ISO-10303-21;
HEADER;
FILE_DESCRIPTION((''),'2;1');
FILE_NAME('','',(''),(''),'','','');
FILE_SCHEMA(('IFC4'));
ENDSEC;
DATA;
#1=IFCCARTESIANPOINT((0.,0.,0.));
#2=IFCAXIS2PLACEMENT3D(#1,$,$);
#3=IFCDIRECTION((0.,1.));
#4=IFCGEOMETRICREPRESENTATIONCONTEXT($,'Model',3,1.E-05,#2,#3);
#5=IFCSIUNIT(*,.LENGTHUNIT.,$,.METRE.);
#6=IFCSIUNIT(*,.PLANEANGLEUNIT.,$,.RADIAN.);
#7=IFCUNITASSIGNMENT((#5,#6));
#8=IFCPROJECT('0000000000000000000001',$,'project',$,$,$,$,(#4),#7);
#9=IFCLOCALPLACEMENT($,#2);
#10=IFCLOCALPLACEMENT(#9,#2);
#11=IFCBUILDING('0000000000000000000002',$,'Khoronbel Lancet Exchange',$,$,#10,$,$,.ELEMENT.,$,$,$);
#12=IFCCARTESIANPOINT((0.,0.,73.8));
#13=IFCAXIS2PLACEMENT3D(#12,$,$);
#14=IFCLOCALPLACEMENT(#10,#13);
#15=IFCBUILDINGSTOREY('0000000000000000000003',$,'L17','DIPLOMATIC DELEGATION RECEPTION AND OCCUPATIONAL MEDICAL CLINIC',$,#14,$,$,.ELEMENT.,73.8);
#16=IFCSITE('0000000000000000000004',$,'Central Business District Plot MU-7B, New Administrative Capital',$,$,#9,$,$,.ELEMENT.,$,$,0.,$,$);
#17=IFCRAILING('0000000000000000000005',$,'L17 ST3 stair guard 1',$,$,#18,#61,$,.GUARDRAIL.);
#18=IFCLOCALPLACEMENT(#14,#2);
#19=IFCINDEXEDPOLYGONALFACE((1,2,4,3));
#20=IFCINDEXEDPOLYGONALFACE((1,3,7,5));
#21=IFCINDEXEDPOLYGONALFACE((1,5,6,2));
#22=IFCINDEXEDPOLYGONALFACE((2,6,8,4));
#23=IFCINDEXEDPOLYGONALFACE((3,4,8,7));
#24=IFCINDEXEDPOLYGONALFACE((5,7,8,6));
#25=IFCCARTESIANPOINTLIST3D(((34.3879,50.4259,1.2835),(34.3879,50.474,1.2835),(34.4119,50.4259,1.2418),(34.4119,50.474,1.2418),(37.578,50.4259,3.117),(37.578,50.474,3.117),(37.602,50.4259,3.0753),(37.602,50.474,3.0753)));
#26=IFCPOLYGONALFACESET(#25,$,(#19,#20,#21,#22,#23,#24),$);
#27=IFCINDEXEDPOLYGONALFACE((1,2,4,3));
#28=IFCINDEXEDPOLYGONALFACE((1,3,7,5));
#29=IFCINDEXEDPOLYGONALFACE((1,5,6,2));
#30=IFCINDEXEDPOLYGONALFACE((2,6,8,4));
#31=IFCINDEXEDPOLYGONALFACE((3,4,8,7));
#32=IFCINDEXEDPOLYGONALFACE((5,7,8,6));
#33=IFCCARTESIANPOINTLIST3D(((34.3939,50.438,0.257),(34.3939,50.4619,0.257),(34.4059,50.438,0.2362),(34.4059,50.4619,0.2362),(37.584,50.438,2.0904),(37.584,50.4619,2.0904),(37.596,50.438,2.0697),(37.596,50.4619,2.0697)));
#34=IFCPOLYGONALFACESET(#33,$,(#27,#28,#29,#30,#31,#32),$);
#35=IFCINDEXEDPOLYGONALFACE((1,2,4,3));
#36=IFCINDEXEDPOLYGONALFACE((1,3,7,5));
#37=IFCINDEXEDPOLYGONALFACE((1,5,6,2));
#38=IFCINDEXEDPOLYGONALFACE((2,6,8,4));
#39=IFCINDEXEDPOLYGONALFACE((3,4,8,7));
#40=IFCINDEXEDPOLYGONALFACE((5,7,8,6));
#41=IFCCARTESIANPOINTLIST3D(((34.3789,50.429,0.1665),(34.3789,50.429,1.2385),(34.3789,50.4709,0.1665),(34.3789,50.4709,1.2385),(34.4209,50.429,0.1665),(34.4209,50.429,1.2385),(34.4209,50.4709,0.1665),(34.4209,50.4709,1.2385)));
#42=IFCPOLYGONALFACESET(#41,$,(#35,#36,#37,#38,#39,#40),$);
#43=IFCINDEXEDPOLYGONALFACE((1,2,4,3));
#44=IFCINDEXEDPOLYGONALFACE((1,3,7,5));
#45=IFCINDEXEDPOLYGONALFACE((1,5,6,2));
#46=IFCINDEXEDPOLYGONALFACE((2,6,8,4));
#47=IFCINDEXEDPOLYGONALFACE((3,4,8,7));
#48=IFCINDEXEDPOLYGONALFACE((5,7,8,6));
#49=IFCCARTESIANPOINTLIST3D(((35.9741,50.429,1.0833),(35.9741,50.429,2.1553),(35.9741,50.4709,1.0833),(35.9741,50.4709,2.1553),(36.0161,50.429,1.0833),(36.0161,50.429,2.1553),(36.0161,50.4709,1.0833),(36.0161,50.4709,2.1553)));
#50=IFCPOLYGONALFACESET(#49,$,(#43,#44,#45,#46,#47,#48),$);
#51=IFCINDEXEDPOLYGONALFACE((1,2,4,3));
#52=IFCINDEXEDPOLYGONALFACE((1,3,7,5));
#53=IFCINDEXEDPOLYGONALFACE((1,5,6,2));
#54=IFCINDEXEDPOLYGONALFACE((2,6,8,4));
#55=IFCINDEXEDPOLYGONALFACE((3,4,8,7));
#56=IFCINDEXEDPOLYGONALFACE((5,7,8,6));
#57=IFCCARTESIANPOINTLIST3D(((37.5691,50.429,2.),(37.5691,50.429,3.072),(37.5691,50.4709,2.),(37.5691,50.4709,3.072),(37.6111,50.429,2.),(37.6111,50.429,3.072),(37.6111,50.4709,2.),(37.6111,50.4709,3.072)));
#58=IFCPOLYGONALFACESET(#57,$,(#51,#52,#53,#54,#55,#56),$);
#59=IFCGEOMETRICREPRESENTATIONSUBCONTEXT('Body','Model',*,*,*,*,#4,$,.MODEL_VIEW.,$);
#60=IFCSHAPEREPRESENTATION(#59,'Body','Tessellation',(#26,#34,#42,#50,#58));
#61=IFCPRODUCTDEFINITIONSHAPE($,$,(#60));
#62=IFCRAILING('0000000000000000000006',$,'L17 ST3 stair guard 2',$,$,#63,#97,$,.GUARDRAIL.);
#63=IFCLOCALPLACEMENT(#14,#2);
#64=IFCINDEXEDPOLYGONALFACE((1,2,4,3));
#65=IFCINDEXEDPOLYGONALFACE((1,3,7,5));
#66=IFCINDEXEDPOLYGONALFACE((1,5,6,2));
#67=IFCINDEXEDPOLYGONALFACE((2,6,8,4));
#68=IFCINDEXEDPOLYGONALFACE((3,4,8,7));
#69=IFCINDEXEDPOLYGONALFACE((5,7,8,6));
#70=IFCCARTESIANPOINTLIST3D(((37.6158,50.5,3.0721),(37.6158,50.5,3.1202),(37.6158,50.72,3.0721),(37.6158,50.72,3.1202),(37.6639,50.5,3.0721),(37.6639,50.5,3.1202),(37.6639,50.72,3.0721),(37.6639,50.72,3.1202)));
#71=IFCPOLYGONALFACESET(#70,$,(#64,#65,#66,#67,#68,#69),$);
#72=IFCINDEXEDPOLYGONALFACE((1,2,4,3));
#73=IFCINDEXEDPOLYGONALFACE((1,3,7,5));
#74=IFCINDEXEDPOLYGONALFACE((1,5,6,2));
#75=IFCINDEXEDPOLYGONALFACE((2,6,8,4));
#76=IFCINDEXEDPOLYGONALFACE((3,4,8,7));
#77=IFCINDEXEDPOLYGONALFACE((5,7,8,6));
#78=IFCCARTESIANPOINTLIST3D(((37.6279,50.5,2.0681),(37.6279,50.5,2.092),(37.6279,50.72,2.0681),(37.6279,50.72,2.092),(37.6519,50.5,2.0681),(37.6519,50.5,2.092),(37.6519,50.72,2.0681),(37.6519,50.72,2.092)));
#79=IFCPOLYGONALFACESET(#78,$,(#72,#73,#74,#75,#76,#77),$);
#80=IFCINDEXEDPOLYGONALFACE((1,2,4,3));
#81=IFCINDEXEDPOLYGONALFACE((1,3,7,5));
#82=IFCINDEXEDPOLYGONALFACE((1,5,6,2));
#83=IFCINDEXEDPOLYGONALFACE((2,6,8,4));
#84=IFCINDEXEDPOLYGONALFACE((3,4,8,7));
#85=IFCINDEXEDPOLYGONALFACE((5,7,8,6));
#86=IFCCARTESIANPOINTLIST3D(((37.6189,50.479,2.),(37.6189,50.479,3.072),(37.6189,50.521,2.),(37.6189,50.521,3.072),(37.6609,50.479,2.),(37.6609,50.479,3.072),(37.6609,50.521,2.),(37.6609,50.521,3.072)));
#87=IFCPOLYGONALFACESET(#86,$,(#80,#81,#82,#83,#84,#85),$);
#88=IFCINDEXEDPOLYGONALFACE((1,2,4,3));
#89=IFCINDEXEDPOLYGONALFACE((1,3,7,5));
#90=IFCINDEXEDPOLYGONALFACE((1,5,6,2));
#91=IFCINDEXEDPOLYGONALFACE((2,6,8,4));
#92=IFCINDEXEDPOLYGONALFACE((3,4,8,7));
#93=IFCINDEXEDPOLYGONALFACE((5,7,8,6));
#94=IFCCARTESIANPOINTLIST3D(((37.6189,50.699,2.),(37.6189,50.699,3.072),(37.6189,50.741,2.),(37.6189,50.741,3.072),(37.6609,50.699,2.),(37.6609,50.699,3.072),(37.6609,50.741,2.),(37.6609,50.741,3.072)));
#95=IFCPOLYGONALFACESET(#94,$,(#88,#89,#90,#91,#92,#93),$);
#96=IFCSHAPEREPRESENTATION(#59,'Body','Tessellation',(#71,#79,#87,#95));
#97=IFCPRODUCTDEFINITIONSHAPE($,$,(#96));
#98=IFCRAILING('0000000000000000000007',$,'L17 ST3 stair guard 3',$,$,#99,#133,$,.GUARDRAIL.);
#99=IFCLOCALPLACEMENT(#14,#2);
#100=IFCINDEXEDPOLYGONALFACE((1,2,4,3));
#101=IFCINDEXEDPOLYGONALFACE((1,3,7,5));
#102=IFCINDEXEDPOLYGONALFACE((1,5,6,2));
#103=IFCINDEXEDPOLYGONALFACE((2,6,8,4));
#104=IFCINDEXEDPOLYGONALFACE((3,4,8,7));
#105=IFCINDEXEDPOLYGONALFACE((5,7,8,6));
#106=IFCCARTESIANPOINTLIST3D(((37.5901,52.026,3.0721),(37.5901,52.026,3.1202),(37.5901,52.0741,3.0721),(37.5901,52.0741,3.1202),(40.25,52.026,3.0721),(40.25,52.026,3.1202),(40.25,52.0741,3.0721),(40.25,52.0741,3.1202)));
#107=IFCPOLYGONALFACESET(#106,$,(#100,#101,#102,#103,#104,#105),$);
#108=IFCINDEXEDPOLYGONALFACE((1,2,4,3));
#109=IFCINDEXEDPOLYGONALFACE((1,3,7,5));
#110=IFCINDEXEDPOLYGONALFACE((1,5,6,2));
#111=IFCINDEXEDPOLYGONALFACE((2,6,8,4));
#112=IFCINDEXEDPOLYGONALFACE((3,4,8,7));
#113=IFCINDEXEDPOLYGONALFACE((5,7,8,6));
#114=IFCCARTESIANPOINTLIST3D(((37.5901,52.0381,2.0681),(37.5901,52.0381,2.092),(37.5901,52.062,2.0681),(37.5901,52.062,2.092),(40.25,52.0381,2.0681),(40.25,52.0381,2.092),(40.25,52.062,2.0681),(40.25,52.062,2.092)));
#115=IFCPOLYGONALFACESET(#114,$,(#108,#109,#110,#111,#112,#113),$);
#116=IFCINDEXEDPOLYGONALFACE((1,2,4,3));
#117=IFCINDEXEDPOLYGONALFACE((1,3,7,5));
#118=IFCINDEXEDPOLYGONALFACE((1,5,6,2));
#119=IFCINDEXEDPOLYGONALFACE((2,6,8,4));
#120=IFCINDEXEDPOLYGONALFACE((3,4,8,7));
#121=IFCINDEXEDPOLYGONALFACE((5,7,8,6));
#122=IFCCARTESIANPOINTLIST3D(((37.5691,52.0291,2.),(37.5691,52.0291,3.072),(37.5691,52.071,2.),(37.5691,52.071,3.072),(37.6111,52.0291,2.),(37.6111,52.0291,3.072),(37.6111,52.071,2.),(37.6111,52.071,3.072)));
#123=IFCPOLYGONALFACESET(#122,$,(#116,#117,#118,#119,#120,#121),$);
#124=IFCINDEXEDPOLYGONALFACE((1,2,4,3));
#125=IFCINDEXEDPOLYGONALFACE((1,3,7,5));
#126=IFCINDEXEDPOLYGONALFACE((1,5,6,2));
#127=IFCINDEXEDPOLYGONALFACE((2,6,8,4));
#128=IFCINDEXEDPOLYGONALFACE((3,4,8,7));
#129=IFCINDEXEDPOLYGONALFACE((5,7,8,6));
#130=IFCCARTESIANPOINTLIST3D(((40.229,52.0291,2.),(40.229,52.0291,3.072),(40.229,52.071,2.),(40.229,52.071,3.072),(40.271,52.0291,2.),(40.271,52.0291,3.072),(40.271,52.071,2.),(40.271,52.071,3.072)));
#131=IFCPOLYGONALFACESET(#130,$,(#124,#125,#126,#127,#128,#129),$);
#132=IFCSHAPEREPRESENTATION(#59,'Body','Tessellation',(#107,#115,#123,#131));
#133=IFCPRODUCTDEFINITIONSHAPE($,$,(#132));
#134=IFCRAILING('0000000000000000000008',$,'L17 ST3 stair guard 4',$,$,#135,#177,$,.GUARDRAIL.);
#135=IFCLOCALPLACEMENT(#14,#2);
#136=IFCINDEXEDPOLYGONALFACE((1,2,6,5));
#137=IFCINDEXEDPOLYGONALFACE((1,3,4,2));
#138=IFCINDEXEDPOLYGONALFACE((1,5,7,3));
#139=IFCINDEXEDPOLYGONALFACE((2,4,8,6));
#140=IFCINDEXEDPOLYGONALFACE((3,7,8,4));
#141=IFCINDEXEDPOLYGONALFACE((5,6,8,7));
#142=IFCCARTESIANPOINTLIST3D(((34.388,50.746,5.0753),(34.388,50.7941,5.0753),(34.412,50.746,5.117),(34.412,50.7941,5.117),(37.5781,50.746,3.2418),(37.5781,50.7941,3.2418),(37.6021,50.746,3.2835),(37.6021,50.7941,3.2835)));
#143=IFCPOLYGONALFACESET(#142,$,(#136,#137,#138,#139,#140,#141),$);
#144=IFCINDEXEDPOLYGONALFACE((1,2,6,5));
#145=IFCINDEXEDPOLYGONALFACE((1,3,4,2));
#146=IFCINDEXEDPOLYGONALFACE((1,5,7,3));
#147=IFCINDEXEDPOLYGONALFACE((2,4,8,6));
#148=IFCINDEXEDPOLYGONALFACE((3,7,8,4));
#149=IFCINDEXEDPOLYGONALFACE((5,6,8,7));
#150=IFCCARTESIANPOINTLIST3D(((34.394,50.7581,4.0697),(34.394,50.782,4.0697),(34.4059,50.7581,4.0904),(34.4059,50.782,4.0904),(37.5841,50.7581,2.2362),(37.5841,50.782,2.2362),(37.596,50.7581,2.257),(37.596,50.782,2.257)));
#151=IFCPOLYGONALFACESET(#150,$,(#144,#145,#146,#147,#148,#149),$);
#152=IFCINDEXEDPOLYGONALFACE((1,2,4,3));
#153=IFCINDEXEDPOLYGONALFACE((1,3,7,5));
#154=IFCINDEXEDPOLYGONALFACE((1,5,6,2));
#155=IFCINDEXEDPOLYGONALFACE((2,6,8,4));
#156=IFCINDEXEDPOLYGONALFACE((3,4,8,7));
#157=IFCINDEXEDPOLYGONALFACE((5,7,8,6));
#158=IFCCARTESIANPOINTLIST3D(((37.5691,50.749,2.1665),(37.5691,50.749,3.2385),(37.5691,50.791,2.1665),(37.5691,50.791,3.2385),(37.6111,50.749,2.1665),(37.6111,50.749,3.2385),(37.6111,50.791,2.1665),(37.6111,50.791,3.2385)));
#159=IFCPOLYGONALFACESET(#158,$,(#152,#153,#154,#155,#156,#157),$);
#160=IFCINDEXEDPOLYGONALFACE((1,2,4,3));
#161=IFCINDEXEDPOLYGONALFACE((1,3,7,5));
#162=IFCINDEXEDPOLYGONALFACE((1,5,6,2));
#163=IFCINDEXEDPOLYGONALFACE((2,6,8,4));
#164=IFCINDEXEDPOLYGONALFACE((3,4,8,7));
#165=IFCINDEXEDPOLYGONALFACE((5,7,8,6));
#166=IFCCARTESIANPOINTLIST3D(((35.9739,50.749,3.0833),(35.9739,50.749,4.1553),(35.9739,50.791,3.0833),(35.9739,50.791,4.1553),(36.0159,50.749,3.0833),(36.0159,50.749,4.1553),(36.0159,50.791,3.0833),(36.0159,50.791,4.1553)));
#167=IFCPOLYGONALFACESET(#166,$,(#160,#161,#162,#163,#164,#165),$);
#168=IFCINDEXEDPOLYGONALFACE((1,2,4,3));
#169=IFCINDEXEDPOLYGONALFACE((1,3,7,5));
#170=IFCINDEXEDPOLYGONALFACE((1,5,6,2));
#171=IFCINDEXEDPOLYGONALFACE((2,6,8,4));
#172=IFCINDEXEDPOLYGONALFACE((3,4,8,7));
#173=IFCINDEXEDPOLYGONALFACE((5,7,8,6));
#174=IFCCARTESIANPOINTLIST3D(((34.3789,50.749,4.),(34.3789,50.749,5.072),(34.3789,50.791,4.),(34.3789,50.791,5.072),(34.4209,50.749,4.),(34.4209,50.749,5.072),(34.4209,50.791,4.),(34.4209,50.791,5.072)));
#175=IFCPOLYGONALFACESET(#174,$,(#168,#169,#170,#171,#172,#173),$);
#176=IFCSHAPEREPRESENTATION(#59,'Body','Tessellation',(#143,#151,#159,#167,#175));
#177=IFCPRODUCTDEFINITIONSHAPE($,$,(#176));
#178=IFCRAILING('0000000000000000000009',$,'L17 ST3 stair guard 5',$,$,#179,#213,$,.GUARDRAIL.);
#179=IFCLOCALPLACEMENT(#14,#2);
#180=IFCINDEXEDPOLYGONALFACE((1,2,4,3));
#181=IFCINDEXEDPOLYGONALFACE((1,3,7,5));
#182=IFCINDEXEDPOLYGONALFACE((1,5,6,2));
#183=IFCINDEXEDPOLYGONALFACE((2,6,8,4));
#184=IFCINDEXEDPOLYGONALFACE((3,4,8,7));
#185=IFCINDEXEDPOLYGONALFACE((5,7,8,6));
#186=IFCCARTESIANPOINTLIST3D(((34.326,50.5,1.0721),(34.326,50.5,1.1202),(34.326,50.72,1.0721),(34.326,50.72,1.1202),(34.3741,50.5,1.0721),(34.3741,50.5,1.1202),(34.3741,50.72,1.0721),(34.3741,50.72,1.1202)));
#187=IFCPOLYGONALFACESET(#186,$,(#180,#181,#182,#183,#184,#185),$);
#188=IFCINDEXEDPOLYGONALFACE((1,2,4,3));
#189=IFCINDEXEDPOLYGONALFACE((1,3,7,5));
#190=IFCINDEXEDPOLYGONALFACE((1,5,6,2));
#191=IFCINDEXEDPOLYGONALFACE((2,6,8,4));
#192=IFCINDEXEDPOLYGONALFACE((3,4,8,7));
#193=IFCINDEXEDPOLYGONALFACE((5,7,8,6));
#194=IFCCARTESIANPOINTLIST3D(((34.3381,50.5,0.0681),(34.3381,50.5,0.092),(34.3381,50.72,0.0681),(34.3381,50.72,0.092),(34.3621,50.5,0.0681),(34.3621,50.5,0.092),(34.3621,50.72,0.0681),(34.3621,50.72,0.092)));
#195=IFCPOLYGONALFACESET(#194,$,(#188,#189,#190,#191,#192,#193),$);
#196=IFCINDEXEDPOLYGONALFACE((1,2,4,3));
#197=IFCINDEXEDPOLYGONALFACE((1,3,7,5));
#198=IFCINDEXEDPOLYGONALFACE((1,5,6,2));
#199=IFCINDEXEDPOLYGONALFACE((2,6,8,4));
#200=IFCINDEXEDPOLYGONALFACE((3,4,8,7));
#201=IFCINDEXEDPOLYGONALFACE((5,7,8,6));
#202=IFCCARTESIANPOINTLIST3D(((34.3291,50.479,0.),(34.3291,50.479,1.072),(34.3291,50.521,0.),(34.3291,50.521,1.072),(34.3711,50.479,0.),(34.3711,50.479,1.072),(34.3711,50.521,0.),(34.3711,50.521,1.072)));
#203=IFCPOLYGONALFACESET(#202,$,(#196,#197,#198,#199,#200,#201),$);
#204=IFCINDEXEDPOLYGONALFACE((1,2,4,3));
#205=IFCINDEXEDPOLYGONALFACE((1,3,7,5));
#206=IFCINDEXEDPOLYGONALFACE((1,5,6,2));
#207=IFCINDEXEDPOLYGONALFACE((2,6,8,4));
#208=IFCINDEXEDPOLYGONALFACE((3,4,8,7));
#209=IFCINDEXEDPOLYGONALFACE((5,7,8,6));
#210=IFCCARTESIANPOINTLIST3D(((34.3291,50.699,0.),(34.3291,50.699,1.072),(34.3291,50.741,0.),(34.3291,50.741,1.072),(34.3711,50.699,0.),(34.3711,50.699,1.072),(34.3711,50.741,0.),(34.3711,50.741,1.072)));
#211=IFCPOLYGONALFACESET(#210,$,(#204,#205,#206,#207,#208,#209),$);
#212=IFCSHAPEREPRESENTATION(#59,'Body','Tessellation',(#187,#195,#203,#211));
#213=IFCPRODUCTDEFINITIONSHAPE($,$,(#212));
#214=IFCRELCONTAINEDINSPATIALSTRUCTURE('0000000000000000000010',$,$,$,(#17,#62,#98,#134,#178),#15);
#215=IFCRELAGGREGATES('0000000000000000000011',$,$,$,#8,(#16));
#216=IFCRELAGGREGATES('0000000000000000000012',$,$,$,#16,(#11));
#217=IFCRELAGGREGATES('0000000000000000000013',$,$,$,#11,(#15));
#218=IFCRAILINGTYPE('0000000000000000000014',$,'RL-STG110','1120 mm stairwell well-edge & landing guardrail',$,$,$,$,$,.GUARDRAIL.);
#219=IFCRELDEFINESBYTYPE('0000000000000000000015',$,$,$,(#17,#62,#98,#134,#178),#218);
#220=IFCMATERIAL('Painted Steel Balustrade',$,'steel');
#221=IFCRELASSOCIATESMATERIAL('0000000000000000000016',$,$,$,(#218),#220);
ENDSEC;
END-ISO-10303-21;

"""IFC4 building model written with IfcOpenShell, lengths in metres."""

from ifc_helpers import new_model, si_unit, direction, frame, origin, origin_2d, place, context, subcontext, project, spatial, rectangle, extrude, material, type_object, element, save


model = new_model("IFC4")

# Units and contexts
model_context = context("Model", 3, precision=1e-05, world=origin(), true_north=direction((0.0, 1.0)))
body_context = subcontext(model_context, "Body", "Model", "MODEL_VIEW")
ifc_project = project(units=[si_unit("LENGTHUNIT", "METRE"), si_unit("PLANEANGLEUNIT", "RADIAN")], contexts=[model_context])

# Site, building, storey
site_placement = place(None, origin())
site = spatial("IfcSite", under=ifc_project, at=site_placement, Name="Central Business District Plot MU-7B, New Administrative Capital", CompositionType="ELEMENT", RefElevation=0.0)
building_placement = place(site_placement, origin())
building = spatial("IfcBuilding", under=site, at=building_placement, Name="Khoronbel Lancet Exchange", CompositionType="ELEMENT")
storey_placement = place(building_placement, frame((0.0, 0.0, 73.8)))
storey = spatial("IfcBuildingStorey", under=building, at=storey_placement, Name="L17", Description="DIPLOMATIC DELEGATION RECEPTION AND OCCUPATIONAL MEDICAL CLINIC", CompositionType="ELEMENT", Elevation=73.8)

# Railings
ifc_material_1 = material(Name="Painted Steel Balustrade", Category="steel")
railing_type_1 = type_object("IfcRailingType", Name="RL-STG110", Description="1120 mm stairwell well-edge & landing guardrail", PredefinedType="GUARDRAIL", material=ifc_material_1)
railing_1_placement = place(storey_placement, frame((34.3999, 50.45, 0.1665)))
element("IfcRailing", 1, at=railing_1_placement, inside=storey, type_object=railing_type_1, Name="L17 ST3 stair guard 1", PredefinedType="GUARDRAIL", context=body_context, shape_type="SweptSolid", body=[
    extrude(rectangle(XDim=0.0481, YDim=0.0481, at=origin_2d()), frame((0.0, 0.0, 1.0962), z_axis=(0.867007, 0.0, 0.498295), x_axis=(0.0, 1.0, 0.0)), (0.0, 0.0, 1.0), 3.6794),
    extrude(rectangle(XDim=0.0239, YDim=0.0239, at=origin_2d()), frame((0.0, 0.0, 0.0801), z_axis=(0.867007, 0.0, 0.498295), x_axis=(0.0, 1.0, 0.0)), (0.0, 0.0, 1.0), 3.6794),
    extrude(rectangle(XDim=0.042, YDim=0.042, at=origin_2d()), origin(), (0.0, 0.0, 1.0), 1.072),
    extrude(rectangle(XDim=0.042, YDim=0.042, at=origin_2d()), frame((1.5952, 0.0, 0.9167)), (0.0, 0.0, 1.0), 1.072),
    extrude(rectangle(XDim=0.042, YDim=0.042, at=origin_2d()), frame((3.1902, 0.0, 1.8335)), (0.0, 0.0, 1.0), 1.072),
])
railing_2_placement = place(storey_placement, frame((37.6399, 50.5, 2.0)))
element("IfcRailing", 2, at=railing_2_placement, inside=storey, type_object=railing_type_1, Name="L17 ST3 stair guard 2", PredefinedType="GUARDRAIL", context=body_context, shape_type="SweptSolid", body=[
    extrude(rectangle(XDim=0.0481, YDim=0.0481, at=origin_2d()), frame((0.0, 0.0, 1.0962), z_axis=(0.0, 1.0, 0.0), x_axis=(-1.0, 0.0, 0.0)), (0.0, 0.0, 1.0), 0.22),
    extrude(rectangle(XDim=0.0239, YDim=0.0239, at=origin_2d()), frame((0.0, 0.0, 0.0801), z_axis=(0.0, 1.0, 0.0), x_axis=(-1.0, 0.0, 0.0)), (0.0, 0.0, 1.0), 0.22),
    extrude(rectangle(XDim=0.042, YDim=0.042, at=origin_2d()), origin(), (0.0, 0.0, 1.0), 1.072),
    extrude(rectangle(XDim=0.042, YDim=0.042, at=origin_2d()), frame((0.0, 0.22, 0.0)), (0.0, 0.0, 1.0), 1.072),
])
railing_3_placement = place(storey_placement, frame((37.5901, 52.05, 2.0)))
element("IfcRailing", 3, at=railing_3_placement, inside=storey, type_object=railing_type_1, Name="L17 ST3 stair guard 3", PredefinedType="GUARDRAIL", context=body_context, shape_type="SweptSolid", body=[
    extrude(rectangle(XDim=0.0481, YDim=0.0481, at=origin_2d()), frame((0.0, 0.0, 1.0962), z_axis=(1.0, 0.0, 0.0), x_axis=(0.0, 1.0, 0.0)), (0.0, 0.0, 1.0), 2.6599),
    extrude(rectangle(XDim=0.0239, YDim=0.0239, at=origin_2d()), frame((0.0, 0.0, 0.0801), z_axis=(1.0, 0.0, 0.0), x_axis=(0.0, 1.0, 0.0)), (0.0, 0.0, 1.0), 2.6599),
    extrude(rectangle(XDim=0.042, YDim=0.042, at=origin_2d()), origin(), (0.0, 0.0, 1.0), 1.072),
    extrude(rectangle(XDim=0.042, YDim=0.042, at=origin_2d()), frame((2.6599, 0.0, 0.0)), (0.0, 0.0, 1.0), 1.072),
])
railing_4_placement = place(storey_placement, frame((37.5901, 50.77, 2.1665)))
element("IfcRailing", 4, at=railing_4_placement, inside=storey, type_object=railing_type_1, Name="L17 ST3 stair guard 4", PredefinedType="GUARDRAIL", context=body_context, shape_type="SweptSolid", body=[
    extrude(rectangle(XDim=0.0481, YDim=0.0481, at=origin_2d()), frame((0.0, 0.0, 1.0962), z_axis=(-0.867007, 0.0, 0.498295), x_axis=(0.0, -1.0, 0.0)), (0.0, 0.0, 1.0), 3.6794),
    extrude(rectangle(XDim=0.0239, YDim=0.0239, at=origin_2d()), frame((0.0, 0.0, 0.0801), z_axis=(-0.867007, 0.0, 0.498295), x_axis=(0.0, -1.0, 0.0)), (0.0, 0.0, 1.0), 3.6794),
    extrude(rectangle(XDim=0.042, YDim=0.042, at=origin_2d()), origin(), (0.0, 0.0, 1.0), 1.072),
    extrude(rectangle(XDim=0.042, YDim=0.042, at=origin_2d()), frame((-1.5952, 0.0, 0.9167)), (0.0, 0.0, 1.0), 1.072),
    extrude(rectangle(XDim=0.042, YDim=0.042, at=origin_2d()), frame((-3.1902, 0.0, 1.8335)), (0.0, 0.0, 1.0), 1.072),
])
railing_5_placement = place(storey_placement, frame((34.3501, 50.5, 0.0)))
element("IfcRailing", 5, at=railing_5_placement, inside=storey, type_object=railing_type_1, Name="L17 ST3 stair guard 5", PredefinedType="GUARDRAIL", context=body_context, shape_type="SweptSolid", body=[
    extrude(rectangle(XDim=0.0481, YDim=0.0481, at=origin_2d()), frame((0.0, 0.0, 1.0962), z_axis=(0.0, 1.0, 0.0), x_axis=(-1.0, 0.0, 0.0)), (0.0, 0.0, 1.0), 0.22),
    extrude(rectangle(XDim=0.0239, YDim=0.0239, at=origin_2d()), frame((0.0, 0.0, 0.0801), z_axis=(0.0, 1.0, 0.0), x_axis=(-1.0, 0.0, 0.0)), (0.0, 0.0, 1.0), 0.22),
    extrude(rectangle(XDim=0.042, YDim=0.042, at=origin_2d()), origin(), (0.0, 0.0, 1.0), 1.072),
    extrude(rectangle(XDim=0.042, YDim=0.042, at=origin_2d()), frame((0.0, 0.22, 0.0)), (0.0, 0.0, 1.0), 1.072),
])

save(model, "model.ifc")
